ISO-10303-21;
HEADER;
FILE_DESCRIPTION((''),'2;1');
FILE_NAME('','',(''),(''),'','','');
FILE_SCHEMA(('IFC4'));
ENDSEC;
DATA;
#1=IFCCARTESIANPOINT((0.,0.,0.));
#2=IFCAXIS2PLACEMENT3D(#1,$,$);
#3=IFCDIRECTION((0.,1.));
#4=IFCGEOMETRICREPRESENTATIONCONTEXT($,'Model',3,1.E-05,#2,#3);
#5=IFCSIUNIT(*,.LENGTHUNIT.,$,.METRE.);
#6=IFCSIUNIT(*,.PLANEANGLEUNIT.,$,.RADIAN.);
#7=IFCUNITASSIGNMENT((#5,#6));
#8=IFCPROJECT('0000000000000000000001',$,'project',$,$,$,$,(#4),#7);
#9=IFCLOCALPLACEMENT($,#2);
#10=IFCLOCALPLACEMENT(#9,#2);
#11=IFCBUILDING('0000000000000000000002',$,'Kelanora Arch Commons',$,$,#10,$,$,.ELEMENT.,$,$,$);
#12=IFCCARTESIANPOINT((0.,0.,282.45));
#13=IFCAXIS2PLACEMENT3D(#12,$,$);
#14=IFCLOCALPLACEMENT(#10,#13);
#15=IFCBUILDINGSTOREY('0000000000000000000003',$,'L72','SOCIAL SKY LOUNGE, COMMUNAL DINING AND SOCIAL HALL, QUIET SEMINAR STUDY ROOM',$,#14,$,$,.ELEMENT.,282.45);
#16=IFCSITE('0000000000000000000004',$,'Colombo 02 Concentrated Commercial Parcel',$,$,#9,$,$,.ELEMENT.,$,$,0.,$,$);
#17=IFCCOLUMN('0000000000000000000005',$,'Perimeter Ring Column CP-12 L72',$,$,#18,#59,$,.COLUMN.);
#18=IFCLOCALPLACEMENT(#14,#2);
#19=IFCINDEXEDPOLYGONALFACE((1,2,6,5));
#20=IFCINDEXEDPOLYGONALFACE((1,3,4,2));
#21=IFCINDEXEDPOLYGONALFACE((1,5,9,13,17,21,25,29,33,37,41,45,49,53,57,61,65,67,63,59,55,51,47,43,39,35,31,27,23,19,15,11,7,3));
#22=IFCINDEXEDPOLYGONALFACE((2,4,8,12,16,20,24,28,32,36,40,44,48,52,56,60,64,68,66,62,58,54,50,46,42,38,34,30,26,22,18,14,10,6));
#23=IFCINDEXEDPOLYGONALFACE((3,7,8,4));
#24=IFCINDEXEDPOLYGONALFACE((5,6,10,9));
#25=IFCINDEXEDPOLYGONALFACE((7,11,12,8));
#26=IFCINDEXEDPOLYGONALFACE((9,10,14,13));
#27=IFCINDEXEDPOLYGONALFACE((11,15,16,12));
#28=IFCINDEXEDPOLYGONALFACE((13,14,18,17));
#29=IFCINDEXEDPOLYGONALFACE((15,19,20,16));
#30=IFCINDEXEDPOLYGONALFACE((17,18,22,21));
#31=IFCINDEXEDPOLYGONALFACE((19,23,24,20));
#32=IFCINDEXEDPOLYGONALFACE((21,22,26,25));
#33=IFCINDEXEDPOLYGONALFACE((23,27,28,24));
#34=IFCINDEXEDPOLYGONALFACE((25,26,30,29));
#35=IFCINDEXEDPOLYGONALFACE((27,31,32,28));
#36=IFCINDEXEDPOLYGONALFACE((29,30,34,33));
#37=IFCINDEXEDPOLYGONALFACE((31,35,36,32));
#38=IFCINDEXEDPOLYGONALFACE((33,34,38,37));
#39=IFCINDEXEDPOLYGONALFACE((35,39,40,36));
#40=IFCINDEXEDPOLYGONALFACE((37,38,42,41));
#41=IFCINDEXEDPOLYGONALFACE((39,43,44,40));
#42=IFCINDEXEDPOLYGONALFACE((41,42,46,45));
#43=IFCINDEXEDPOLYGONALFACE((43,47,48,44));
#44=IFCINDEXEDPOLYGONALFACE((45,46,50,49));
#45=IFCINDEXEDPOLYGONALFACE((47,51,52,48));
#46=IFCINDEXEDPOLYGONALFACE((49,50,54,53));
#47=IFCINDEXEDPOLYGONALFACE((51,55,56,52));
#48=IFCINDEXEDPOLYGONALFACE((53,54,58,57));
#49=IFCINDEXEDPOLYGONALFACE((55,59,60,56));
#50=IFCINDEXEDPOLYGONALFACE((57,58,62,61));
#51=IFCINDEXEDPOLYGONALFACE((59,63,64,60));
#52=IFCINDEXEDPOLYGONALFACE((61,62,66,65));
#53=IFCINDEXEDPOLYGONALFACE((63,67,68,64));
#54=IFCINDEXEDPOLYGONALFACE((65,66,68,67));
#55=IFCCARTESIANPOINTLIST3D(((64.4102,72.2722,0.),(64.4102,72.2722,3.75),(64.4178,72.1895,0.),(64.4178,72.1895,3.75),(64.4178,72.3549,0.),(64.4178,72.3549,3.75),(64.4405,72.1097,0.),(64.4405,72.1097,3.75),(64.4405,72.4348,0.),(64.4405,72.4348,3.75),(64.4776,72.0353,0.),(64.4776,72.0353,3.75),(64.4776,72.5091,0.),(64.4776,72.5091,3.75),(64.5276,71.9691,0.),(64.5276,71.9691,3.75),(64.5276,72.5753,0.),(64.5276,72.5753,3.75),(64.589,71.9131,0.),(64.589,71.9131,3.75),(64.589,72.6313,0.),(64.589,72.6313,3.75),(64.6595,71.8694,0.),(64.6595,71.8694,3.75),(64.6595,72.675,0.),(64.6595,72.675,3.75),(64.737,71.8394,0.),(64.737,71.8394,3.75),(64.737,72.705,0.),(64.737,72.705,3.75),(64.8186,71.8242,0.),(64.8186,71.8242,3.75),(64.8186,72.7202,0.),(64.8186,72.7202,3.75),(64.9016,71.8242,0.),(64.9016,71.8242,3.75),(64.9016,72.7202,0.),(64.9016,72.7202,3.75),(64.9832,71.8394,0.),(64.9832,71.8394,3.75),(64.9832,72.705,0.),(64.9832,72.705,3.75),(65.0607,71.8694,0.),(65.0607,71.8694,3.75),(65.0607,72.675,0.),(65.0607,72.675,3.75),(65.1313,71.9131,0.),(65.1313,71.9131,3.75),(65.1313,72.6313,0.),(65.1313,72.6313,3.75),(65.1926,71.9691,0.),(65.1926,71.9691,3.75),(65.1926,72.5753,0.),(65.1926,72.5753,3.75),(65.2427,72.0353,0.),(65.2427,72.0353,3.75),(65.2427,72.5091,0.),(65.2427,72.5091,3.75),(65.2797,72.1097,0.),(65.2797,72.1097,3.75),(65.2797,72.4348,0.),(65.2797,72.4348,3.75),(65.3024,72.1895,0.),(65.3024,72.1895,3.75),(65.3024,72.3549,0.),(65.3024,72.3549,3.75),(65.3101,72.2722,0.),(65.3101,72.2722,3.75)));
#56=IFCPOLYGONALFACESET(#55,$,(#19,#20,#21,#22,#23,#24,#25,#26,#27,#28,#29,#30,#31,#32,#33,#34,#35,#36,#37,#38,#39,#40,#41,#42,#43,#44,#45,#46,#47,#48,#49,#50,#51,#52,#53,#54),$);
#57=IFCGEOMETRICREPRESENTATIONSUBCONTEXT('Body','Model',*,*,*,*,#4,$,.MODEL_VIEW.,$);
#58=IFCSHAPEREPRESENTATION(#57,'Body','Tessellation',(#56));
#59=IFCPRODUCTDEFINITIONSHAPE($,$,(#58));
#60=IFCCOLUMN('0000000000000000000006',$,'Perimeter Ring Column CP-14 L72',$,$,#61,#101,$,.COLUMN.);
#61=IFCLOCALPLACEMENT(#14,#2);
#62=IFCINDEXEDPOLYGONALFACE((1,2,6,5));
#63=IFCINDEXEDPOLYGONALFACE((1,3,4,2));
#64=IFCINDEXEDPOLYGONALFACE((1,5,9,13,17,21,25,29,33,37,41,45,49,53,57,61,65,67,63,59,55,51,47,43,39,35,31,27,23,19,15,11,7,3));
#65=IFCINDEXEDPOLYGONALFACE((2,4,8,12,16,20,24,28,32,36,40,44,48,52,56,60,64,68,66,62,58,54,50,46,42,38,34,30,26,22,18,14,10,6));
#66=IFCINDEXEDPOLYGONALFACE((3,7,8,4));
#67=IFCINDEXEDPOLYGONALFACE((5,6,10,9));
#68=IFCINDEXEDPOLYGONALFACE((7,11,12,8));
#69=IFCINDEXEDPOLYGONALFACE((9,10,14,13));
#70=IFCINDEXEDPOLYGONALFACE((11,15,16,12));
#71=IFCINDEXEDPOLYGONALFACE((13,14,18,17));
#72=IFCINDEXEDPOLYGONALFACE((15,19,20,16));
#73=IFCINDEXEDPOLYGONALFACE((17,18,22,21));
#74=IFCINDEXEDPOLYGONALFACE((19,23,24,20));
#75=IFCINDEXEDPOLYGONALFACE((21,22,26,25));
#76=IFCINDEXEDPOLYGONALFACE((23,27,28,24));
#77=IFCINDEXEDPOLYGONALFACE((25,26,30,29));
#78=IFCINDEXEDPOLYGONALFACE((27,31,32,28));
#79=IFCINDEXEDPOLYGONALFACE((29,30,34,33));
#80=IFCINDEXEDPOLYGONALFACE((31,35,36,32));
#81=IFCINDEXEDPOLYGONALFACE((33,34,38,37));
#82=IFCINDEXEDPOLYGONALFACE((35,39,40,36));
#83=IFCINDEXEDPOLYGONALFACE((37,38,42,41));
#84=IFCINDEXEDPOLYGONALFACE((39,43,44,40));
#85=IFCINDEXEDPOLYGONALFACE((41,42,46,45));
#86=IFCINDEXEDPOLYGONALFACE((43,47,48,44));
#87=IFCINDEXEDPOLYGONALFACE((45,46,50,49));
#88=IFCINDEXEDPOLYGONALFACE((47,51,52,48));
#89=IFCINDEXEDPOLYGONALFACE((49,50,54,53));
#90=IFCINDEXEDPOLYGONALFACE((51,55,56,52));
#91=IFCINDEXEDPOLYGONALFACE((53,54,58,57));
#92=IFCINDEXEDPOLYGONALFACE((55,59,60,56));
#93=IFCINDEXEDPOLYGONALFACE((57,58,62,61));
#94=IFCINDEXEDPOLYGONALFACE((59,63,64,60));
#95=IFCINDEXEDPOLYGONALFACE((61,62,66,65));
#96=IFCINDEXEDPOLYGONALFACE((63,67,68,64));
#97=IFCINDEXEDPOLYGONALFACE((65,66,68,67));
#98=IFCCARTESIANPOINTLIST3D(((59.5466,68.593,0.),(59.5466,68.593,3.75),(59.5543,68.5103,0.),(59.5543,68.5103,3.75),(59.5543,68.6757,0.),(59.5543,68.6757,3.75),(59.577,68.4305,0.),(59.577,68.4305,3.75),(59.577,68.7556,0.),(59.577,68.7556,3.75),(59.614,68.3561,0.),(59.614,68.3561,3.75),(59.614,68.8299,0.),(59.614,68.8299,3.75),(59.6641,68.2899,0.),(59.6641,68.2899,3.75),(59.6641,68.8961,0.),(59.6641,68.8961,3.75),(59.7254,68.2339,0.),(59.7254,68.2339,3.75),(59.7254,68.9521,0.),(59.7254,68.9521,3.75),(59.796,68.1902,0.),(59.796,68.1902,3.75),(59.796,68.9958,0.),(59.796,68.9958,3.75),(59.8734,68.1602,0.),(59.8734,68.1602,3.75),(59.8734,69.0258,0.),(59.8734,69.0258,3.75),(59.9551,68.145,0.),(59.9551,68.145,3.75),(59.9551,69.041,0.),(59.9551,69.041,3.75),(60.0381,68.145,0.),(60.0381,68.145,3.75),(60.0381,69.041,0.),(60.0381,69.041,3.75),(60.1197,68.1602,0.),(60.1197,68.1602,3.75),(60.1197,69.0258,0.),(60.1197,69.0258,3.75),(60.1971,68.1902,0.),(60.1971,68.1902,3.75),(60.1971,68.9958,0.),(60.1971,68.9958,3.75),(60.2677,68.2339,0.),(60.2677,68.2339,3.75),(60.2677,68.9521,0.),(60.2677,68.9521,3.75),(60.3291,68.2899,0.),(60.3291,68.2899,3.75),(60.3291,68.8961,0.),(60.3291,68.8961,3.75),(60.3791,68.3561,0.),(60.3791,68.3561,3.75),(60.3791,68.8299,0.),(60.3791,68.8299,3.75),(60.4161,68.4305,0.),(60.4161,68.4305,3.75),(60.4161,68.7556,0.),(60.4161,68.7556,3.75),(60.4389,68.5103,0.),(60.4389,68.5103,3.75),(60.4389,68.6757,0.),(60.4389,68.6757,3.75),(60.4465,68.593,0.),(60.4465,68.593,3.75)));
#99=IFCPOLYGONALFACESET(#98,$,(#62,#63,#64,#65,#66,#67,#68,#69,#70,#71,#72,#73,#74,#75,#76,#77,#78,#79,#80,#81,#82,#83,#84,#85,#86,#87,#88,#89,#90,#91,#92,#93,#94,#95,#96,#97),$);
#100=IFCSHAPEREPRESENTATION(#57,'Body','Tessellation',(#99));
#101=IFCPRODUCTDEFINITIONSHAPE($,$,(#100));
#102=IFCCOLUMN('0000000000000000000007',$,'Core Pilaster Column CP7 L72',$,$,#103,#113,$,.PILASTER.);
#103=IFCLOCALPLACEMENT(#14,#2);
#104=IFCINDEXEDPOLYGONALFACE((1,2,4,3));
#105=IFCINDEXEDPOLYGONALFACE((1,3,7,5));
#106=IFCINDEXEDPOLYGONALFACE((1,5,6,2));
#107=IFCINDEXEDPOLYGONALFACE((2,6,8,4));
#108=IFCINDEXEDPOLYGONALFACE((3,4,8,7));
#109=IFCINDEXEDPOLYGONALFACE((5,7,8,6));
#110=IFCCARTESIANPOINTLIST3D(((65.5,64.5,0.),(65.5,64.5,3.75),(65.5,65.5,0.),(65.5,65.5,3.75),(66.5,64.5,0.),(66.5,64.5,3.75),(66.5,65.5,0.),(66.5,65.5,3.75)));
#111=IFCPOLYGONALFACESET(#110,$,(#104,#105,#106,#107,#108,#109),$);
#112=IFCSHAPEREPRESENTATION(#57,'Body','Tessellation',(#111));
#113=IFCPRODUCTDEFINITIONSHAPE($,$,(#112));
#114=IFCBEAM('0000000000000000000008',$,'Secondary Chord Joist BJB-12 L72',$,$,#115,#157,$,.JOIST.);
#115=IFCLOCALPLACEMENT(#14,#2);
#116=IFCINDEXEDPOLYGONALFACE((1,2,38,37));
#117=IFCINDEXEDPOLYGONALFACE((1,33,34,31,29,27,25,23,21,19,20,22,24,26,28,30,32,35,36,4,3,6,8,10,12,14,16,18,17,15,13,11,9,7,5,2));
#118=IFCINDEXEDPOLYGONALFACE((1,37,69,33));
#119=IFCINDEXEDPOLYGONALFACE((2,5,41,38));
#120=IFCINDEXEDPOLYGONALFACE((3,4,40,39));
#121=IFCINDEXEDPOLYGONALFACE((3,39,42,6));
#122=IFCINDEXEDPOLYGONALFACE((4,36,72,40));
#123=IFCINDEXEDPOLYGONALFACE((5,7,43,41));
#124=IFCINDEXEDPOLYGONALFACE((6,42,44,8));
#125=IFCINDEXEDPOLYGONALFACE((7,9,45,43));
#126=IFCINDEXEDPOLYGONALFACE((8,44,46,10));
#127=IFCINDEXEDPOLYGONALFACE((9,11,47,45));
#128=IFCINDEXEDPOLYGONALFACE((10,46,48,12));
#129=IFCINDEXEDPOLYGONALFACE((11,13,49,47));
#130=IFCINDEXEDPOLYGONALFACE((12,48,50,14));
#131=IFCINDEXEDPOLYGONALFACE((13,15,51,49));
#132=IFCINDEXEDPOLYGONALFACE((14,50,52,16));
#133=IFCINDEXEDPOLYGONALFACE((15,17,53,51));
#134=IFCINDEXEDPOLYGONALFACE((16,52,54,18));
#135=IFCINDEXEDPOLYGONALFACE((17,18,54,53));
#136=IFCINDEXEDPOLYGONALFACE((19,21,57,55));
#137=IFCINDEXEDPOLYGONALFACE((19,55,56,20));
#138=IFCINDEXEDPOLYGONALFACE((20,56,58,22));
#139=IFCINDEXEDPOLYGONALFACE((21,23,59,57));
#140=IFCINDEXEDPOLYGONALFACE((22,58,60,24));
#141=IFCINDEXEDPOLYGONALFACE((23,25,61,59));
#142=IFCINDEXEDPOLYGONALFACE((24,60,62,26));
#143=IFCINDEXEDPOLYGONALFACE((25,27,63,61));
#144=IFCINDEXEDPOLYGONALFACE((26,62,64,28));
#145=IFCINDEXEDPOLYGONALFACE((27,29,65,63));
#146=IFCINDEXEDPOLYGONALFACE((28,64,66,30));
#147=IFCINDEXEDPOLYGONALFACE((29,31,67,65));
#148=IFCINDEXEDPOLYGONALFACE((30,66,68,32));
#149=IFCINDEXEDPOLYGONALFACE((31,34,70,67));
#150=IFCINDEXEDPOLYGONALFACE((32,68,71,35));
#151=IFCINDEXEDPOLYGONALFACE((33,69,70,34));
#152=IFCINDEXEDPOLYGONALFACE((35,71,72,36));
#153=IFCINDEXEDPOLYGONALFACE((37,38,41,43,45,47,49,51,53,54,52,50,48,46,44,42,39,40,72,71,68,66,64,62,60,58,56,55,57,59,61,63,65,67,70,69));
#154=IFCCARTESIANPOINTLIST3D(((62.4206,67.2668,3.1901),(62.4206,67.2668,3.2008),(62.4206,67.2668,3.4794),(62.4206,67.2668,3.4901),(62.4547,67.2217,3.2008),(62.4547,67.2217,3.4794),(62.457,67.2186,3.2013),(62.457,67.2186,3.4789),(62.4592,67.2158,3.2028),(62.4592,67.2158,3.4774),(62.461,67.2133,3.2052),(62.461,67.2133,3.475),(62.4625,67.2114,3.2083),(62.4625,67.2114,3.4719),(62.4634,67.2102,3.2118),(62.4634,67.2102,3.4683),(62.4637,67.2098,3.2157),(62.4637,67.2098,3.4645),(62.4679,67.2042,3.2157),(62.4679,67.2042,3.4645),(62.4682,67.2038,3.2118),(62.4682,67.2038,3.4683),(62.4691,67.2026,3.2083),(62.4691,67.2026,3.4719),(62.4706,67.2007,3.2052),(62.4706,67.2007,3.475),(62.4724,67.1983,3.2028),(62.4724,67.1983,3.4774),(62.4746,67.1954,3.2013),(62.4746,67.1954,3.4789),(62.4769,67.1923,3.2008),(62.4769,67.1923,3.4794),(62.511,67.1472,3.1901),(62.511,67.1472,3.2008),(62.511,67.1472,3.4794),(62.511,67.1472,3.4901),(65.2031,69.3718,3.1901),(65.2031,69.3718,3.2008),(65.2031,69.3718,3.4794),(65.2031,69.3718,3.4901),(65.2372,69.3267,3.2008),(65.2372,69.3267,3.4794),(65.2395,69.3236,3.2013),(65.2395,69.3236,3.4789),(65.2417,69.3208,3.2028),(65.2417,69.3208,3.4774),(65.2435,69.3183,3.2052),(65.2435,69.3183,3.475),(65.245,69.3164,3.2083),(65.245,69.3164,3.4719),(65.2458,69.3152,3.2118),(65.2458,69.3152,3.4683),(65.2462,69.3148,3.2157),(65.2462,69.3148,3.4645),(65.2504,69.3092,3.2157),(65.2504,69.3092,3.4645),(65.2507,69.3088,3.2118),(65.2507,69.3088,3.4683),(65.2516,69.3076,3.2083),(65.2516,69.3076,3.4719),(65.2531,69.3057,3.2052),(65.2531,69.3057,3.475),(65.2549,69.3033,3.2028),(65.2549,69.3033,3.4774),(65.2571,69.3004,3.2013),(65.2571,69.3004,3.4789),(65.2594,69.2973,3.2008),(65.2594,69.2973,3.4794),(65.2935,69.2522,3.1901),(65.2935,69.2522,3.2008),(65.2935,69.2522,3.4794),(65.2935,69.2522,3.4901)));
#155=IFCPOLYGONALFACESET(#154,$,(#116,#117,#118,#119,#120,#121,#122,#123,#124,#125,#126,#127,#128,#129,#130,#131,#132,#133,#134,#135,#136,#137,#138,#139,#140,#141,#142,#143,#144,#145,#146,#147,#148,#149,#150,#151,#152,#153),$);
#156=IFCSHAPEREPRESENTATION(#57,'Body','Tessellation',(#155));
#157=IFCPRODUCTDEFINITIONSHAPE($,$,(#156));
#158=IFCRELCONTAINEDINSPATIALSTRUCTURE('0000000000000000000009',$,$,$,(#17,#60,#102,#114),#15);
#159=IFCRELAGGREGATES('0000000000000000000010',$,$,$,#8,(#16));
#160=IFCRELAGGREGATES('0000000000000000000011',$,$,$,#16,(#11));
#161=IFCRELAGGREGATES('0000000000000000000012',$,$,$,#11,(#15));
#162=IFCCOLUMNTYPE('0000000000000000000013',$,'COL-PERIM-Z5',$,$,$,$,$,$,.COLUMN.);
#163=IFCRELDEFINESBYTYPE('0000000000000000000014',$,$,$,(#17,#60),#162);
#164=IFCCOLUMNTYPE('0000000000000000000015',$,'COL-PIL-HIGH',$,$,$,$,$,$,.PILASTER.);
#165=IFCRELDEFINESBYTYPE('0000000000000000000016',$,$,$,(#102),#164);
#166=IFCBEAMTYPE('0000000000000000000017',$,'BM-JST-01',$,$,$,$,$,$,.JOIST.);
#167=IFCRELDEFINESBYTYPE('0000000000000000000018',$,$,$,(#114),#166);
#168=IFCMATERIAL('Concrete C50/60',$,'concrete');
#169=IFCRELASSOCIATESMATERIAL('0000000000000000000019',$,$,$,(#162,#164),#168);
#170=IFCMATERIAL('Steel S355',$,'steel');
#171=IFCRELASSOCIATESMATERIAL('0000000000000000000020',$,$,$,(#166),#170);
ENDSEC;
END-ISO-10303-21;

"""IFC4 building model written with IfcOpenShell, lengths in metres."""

from ifc_helpers import new_model, si_unit, direction, frame, origin, origin_2d, place, context, subcontext, project, spatial, rectangle, circle, i_section, extrude, material, material_profile, profile_set, type_object, element, save


model = new_model("IFC4")

# Units and contexts
model_context = context("Model", 3, precision=1e-05, world=origin(), true_north=direction((0.0, 1.0)))
body_context = subcontext(model_context, "Body", "Model", "MODEL_VIEW")
ifc_project = project(units=[si_unit("LENGTHUNIT", "METRE"), si_unit("PLANEANGLEUNIT", "RADIAN")], contexts=[model_context])

# Site, building, storey
site_placement = place(None, origin())
site = spatial("IfcSite", under=ifc_project, at=site_placement, Name="Colombo 02 Concentrated Commercial Parcel", CompositionType="ELEMENT", RefElevation=0.0)
building_placement = place(site_placement, origin())
building = spatial("IfcBuilding", under=site, at=building_placement, Name="Kelanora Arch Commons", CompositionType="ELEMENT")
storey_placement = place(building_placement, frame((0.0, 0.0, 282.45)))
storey = spatial("IfcBuildingStorey", under=building, at=storey_placement, Name="L72", Description="SOCIAL SKY LOUNGE, COMMUNAL DINING AND SOCIAL HALL, QUIET SEMINAR STUDY ROOM", CompositionType="ELEMENT", Elevation=282.45)

# Columns
ifc_material_1 = material(Name="Concrete C50/60", Category="concrete")
ifc_material_profile_1 = material_profile(ifc_material_1, circle(Radius=0.45, at=origin_2d()), Name="RCC900")
ifc_profile_set_1 = profile_set([ifc_material_profile_1], Name="Concrete C50/60")
column_type_1 = type_object("IfcColumnType", Name="COL-PERIM-Z5", PredefinedType="COLUMN", material=ifc_profile_set_1)
for number, where, z_axis, x_axis, name in (
    (1, (64.8601, 72.2722, 0.0), (0.0, 0.0, 1.0), (1.0, 0.0, 0.0), "Perimeter Ring Column CP-12 L72"),
    (2, (59.9966, 68.593, 0.0), (0.0, 0.0, 1.0), (1.0, 0.0, 0.0), "Perimeter Ring Column CP-14 L72"),
):
    element("IfcColumn", number, at=place(storey_placement, frame(where, z_axis=z_axis, x_axis=x_axis)), inside=storey, type_object=column_type_1, Name=name, PredefinedType="COLUMN", context=body_context, shape_type="SweptSolid", body=[
        extrude(circle(Radius=0.45, at=origin_2d()), origin(), (0.0, 0.0, 1.0), 3.75),
    ])
ifc_material_profile_2 = material_profile(ifc_material_1, rectangle(XDim=1.0, YDim=1.0, at=origin_2d()), Name="RC1000x1000")
ifc_profile_set_2 = profile_set([ifc_material_profile_2], Name="Concrete C50/60")
column_type_2 = type_object("IfcColumnType", Name="COL-PIL-HIGH", PredefinedType="PILASTER", material=ifc_profile_set_2)
column_placement = place(storey_placement, frame((66.0, 65.0, 0.0), z_axis=(0.0, 0.0, 1.0), x_axis=(1.0, 0.0, 0.0)))
element("IfcColumn", 3, at=column_placement, inside=storey, type_object=column_type_2, Name="Core Pilaster Column CP7 L72", PredefinedType="PILASTER", context=body_context, shape_type="SweptSolid", body=[
    extrude(rectangle(XDim=1.0, YDim=1.0, at=origin_2d()), origin(), (0.0, 0.0, 1.0), 3.75),
])

# Beam
ifc_material_2 = material(Name="Steel S355", Category="steel")
ifc_material_profile_3 = material_profile(ifc_material_2, i_section(OverallWidth=0.1499, OverallDepth=0.3, WebThickness=0.0071, FlangeThickness=0.0107, FilletRadius=0.0149, at=origin_2d()), Name="IPE300")
ifc_profile_set_3 = profile_set([ifc_material_profile_3], Name="Steel S355")
beam_type_1 = type_object("IfcBeamType", Name="BM-JST-01", PredefinedType="JOIST", material=ifc_profile_set_3)
beam_1_placement = place(storey_placement, frame((65.2483, 69.312, 3.3401), z_axis=(-0.797499, -0.60332, 0.0), x_axis=(0.60332, -0.797499, 0.0)))
element("IfcBeam", 4, at=beam_1_placement, inside=storey, type_object=beam_type_1, Name="Secondary Chord Joist BJB-12 L72", PredefinedType="JOIST", context=body_context, shape_type="SweptSolid", body=[
    extrude(i_section(OverallWidth=0.1499, OverallDepth=0.3, WebThickness=0.0071, FlangeThickness=0.0107, FilletRadius=0.0149, at=origin_2d()), origin(), (0.0, 0.0, 1.0), 3.489),
])

save(model, "model.ifc")
